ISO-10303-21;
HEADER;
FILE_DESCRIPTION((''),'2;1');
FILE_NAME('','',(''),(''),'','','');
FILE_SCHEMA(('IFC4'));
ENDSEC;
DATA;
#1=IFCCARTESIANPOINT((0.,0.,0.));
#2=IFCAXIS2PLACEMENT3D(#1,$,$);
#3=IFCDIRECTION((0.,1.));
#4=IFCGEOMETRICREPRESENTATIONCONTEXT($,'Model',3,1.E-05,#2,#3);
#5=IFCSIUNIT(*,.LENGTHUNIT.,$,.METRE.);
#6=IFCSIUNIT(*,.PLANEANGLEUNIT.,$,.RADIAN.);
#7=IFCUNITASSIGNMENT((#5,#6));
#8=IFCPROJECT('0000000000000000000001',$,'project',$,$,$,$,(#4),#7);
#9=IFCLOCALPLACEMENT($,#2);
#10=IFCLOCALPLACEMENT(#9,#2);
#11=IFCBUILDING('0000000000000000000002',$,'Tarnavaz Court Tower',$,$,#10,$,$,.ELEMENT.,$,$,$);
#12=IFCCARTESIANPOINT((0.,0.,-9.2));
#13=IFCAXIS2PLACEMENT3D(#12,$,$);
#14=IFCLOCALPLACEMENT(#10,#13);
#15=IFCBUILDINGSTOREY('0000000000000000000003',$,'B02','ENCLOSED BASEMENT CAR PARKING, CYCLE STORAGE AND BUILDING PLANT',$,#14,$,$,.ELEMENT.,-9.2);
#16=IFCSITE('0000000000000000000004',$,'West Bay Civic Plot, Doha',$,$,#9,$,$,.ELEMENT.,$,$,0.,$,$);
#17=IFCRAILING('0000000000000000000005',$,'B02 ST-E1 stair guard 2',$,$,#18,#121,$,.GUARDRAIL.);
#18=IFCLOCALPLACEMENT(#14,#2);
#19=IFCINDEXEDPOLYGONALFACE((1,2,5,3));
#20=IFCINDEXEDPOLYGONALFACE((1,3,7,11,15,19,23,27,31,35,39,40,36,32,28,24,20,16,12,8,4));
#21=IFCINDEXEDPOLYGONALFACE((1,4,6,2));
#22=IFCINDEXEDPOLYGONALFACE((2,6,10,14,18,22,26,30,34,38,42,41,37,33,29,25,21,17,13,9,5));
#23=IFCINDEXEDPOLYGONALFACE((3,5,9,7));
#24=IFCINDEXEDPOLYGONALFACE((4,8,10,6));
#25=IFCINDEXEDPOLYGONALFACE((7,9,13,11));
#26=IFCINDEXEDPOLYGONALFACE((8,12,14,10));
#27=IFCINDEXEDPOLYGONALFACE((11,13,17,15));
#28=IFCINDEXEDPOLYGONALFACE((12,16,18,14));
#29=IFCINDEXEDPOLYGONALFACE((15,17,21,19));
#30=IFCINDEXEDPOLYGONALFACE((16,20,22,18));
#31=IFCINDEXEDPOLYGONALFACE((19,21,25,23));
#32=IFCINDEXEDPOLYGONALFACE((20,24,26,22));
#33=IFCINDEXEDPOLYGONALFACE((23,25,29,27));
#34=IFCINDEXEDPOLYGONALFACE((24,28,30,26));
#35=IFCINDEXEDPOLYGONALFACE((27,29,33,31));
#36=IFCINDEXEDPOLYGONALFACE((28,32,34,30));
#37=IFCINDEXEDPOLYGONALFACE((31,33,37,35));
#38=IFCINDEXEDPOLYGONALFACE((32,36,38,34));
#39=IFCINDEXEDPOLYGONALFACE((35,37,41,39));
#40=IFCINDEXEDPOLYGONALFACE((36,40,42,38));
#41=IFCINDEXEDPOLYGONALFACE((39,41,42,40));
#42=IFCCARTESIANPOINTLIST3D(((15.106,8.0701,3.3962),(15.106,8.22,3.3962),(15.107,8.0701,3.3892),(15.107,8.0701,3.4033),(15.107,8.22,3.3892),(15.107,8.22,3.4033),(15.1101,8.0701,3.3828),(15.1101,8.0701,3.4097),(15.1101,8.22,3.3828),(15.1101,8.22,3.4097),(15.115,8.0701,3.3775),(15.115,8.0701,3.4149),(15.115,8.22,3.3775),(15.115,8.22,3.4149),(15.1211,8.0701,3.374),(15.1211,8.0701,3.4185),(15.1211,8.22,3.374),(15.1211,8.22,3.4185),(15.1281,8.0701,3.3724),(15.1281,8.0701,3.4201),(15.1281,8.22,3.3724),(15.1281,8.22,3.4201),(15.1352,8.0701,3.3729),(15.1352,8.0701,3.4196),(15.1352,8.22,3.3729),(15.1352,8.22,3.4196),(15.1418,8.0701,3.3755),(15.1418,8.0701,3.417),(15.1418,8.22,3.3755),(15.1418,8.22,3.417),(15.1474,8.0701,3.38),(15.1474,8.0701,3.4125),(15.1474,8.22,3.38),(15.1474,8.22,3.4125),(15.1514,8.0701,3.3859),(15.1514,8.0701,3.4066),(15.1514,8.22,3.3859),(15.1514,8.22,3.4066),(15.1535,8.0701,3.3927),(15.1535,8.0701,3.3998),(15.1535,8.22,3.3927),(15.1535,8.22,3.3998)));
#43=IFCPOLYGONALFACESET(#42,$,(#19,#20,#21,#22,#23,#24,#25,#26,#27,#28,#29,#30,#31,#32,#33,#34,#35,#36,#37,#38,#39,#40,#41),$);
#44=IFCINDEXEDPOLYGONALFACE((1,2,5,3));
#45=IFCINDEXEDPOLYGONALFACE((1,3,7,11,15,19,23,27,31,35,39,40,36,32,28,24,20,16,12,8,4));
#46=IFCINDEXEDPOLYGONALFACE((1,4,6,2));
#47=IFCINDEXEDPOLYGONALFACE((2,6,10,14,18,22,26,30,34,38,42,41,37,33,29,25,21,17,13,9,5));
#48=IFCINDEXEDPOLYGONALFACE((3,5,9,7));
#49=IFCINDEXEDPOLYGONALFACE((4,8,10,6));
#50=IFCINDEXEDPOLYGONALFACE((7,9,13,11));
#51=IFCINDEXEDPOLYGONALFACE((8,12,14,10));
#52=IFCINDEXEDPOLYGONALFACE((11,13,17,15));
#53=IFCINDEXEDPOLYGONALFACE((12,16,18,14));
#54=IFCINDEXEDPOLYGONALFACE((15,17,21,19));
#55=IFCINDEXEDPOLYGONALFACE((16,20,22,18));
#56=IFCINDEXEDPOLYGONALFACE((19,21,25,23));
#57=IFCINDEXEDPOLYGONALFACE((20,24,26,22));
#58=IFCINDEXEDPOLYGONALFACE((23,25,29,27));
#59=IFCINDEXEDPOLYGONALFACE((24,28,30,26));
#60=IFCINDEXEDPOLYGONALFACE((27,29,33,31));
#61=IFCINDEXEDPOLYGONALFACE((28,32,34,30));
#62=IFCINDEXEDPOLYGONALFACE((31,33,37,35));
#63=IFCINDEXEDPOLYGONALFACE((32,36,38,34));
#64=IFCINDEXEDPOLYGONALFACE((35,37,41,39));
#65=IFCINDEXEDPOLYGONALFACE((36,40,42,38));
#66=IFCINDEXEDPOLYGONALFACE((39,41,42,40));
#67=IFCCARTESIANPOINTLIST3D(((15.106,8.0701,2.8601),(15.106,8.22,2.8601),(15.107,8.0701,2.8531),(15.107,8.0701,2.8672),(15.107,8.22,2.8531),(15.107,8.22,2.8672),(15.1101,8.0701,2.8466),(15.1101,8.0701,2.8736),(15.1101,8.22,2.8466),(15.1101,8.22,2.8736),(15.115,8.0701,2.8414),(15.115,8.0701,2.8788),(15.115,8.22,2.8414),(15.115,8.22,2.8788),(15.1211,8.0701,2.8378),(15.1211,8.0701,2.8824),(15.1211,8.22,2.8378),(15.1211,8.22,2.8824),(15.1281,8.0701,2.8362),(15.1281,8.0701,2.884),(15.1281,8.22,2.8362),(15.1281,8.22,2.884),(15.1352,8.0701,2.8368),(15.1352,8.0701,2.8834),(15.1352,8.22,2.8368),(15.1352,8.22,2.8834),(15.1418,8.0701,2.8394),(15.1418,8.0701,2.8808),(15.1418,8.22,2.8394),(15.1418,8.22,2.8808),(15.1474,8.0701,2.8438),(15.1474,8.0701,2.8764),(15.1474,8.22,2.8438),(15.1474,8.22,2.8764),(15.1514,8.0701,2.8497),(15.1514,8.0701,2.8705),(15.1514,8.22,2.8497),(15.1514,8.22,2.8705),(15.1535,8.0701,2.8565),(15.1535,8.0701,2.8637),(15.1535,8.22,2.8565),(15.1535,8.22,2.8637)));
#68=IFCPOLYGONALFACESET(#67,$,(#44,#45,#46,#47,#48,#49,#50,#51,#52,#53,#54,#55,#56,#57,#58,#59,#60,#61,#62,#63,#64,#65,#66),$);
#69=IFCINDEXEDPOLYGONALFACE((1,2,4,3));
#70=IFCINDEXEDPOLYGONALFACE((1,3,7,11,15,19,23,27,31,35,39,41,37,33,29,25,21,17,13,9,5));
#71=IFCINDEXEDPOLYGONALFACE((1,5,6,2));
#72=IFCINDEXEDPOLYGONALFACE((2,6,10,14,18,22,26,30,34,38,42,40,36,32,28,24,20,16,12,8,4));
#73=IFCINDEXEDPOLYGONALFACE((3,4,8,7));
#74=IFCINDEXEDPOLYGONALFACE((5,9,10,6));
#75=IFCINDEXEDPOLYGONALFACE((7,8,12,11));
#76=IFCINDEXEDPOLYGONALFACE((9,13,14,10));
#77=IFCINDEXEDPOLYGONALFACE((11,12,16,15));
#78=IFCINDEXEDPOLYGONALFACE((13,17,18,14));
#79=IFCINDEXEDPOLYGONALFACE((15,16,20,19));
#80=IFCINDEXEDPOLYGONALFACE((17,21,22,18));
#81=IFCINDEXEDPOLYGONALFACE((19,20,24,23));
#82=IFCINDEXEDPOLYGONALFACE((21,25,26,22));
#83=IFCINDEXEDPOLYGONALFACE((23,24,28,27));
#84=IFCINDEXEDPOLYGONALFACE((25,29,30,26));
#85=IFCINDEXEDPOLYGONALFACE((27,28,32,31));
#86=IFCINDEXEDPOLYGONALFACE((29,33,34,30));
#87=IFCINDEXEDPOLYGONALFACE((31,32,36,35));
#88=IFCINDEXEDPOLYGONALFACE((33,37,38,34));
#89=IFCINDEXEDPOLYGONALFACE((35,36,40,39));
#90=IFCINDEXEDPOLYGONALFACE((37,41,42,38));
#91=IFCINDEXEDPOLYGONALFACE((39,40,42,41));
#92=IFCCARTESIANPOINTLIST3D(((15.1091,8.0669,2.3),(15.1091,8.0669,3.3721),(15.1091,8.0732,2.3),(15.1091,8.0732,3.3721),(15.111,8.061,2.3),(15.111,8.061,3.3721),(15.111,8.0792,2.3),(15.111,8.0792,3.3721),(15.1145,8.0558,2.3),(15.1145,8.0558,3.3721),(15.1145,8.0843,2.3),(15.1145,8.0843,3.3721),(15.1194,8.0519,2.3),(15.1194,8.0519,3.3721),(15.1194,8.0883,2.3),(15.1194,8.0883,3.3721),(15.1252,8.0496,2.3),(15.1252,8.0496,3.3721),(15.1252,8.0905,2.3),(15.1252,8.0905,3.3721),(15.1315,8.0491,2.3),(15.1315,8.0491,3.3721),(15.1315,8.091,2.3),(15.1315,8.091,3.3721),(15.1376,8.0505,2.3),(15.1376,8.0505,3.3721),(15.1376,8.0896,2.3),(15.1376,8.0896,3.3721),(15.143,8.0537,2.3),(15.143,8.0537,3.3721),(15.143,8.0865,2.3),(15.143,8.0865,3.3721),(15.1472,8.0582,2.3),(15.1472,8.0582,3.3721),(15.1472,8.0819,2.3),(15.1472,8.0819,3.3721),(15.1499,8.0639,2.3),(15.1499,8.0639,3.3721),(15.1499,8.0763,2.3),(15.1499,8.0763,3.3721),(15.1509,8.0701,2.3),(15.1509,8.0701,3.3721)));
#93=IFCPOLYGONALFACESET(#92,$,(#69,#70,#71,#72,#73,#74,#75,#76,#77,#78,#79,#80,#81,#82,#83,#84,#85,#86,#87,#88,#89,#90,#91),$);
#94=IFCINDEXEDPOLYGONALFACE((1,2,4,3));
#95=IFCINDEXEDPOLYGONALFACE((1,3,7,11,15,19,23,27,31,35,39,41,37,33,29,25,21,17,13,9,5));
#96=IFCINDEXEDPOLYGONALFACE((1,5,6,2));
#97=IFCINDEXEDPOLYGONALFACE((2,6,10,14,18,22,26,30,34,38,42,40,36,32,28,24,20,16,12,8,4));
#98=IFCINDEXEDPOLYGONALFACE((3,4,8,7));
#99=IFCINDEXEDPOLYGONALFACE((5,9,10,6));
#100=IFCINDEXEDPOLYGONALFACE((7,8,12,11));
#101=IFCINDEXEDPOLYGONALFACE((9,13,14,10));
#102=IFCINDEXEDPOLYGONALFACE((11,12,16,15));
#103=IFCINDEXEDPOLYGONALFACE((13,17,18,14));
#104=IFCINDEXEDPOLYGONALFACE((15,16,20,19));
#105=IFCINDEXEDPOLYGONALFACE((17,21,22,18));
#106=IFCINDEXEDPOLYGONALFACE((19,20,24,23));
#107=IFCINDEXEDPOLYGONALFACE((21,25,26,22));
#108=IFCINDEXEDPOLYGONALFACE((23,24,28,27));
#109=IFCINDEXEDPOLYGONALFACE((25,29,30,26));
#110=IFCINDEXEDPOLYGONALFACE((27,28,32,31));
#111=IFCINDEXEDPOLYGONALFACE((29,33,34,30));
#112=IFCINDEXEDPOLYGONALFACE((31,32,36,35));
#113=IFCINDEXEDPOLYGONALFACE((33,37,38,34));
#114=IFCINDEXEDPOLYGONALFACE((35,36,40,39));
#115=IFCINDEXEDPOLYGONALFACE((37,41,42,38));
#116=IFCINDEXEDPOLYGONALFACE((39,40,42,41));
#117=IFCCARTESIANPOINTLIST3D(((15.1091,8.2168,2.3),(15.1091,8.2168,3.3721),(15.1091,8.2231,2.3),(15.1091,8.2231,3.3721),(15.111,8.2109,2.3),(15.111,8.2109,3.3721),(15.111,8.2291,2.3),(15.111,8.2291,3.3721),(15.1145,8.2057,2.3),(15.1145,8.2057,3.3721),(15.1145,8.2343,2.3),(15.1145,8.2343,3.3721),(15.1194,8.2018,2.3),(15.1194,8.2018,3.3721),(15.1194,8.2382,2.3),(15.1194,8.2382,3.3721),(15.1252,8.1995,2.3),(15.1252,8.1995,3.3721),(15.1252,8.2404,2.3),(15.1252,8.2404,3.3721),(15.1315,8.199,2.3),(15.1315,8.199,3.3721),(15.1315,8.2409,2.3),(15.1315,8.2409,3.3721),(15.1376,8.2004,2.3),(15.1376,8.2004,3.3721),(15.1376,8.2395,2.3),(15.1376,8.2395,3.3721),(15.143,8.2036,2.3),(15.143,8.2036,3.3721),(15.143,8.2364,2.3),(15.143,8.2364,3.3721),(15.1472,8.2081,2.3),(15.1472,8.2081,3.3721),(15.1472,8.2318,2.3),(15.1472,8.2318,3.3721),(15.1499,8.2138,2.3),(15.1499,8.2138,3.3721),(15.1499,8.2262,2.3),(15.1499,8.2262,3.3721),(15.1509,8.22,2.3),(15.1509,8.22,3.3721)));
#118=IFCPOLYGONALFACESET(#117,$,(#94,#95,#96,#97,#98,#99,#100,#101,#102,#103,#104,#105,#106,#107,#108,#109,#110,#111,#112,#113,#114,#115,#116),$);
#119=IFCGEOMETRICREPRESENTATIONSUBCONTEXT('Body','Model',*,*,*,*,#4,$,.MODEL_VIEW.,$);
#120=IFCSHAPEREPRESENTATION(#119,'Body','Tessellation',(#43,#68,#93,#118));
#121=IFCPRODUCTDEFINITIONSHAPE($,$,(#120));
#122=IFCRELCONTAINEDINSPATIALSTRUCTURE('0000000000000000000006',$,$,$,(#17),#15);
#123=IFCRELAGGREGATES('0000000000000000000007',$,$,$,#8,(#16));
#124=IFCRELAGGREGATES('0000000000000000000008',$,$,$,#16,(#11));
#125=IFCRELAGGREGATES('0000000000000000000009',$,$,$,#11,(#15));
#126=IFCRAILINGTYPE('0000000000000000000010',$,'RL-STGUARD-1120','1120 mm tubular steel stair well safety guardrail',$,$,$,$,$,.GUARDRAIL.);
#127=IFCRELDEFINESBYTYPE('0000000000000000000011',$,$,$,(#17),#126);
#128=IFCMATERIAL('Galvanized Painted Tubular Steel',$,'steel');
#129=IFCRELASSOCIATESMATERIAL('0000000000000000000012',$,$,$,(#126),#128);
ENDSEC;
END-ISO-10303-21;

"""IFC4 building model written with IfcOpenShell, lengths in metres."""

from ifc_helpers import new_model, si_unit, direction, frame, origin, origin_2d, place, context, subcontext, project, spatial, circle, extrude, material, type_object, element, save


model = new_model("IFC4")

# Units and contexts
model_context = context("Model", 3, precision=1e-05, world=origin(), true_north=direction((0.0, 1.0)))
body_context = subcontext(model_context, "Body", "Model", "MODEL_VIEW")
ifc_project = project(units=[si_unit("LENGTHUNIT", "METRE"), si_unit("PLANEANGLEUNIT", "RADIAN")], contexts=[model_context])

# Site, building, storey
site_placement = place(None, origin())
site = spatial("IfcSite", under=ifc_project, at=site_placement, Name="West Bay Civic Plot, Doha", CompositionType="ELEMENT", RefElevation=0.0)
building_placement = place(site_placement, origin())
building = spatial("IfcBuilding", under=site, at=building_placement, Name="Tarnavaz Court Tower", CompositionType="ELEMENT")
storey_placement = place(building_placement, frame((0.0, 0.0, -9.2)))
storey = spatial("IfcBuildingStorey", under=building, at=storey_placement, Name="B02", Description="ENCLOSED BASEMENT CAR PARKING, CYCLE STORAGE AND BUILDING PLANT", CompositionType="ELEMENT", Elevation=-9.2)

# Railing
ifc_material_1 = material(Name="Galvanized Painted Tubular Steel", Category="steel")
railing_type_1 = type_object("IfcRailingType", Name="RL-STGUARD-1120", Description="1120 mm tubular steel stair well safety guardrail", PredefinedType="GUARDRAIL", material=ifc_material_1)
railing_1_placement = place(storey_placement, frame((15.1299, 8.0701, 2.3)))
element("IfcRailing", 1, at=railing_1_placement, inside=storey, type_object=railing_type_1, Name="B02 ST-E1 stair guard 2", PredefinedType="GUARDRAIL", context=body_context, shape_type="SweptSolid", body=[
    extrude(circle(Radius=0.0239, at=origin_2d()), frame((0.0, 0.0, 1.0962), z_axis=(0.0, 1.0, 0.0), x_axis=(-1.0, 0.0, 0.0)), (0.0, 0.0, 1.0), 0.1499),
    extrude(circle(Radius=0.0239, at=origin_2d()), frame((0.0, 0.0, 0.5601), z_axis=(0.0, 1.0, 0.0), x_axis=(-1.0, 0.0, 0.0)), (0.0, 0.0, 1.0), 0.1499),
    extrude(circle(Radius=0.021, at=origin_2d()), origin(), (0.0, 0.0, 1.0), 1.072),
    extrude(circle(Radius=0.021, at=origin_2d()), frame((0.0, 0.1499, 0.0)), (0.0, 0.0, 1.0), 1.072),
])

save(model, "model.ifc")
